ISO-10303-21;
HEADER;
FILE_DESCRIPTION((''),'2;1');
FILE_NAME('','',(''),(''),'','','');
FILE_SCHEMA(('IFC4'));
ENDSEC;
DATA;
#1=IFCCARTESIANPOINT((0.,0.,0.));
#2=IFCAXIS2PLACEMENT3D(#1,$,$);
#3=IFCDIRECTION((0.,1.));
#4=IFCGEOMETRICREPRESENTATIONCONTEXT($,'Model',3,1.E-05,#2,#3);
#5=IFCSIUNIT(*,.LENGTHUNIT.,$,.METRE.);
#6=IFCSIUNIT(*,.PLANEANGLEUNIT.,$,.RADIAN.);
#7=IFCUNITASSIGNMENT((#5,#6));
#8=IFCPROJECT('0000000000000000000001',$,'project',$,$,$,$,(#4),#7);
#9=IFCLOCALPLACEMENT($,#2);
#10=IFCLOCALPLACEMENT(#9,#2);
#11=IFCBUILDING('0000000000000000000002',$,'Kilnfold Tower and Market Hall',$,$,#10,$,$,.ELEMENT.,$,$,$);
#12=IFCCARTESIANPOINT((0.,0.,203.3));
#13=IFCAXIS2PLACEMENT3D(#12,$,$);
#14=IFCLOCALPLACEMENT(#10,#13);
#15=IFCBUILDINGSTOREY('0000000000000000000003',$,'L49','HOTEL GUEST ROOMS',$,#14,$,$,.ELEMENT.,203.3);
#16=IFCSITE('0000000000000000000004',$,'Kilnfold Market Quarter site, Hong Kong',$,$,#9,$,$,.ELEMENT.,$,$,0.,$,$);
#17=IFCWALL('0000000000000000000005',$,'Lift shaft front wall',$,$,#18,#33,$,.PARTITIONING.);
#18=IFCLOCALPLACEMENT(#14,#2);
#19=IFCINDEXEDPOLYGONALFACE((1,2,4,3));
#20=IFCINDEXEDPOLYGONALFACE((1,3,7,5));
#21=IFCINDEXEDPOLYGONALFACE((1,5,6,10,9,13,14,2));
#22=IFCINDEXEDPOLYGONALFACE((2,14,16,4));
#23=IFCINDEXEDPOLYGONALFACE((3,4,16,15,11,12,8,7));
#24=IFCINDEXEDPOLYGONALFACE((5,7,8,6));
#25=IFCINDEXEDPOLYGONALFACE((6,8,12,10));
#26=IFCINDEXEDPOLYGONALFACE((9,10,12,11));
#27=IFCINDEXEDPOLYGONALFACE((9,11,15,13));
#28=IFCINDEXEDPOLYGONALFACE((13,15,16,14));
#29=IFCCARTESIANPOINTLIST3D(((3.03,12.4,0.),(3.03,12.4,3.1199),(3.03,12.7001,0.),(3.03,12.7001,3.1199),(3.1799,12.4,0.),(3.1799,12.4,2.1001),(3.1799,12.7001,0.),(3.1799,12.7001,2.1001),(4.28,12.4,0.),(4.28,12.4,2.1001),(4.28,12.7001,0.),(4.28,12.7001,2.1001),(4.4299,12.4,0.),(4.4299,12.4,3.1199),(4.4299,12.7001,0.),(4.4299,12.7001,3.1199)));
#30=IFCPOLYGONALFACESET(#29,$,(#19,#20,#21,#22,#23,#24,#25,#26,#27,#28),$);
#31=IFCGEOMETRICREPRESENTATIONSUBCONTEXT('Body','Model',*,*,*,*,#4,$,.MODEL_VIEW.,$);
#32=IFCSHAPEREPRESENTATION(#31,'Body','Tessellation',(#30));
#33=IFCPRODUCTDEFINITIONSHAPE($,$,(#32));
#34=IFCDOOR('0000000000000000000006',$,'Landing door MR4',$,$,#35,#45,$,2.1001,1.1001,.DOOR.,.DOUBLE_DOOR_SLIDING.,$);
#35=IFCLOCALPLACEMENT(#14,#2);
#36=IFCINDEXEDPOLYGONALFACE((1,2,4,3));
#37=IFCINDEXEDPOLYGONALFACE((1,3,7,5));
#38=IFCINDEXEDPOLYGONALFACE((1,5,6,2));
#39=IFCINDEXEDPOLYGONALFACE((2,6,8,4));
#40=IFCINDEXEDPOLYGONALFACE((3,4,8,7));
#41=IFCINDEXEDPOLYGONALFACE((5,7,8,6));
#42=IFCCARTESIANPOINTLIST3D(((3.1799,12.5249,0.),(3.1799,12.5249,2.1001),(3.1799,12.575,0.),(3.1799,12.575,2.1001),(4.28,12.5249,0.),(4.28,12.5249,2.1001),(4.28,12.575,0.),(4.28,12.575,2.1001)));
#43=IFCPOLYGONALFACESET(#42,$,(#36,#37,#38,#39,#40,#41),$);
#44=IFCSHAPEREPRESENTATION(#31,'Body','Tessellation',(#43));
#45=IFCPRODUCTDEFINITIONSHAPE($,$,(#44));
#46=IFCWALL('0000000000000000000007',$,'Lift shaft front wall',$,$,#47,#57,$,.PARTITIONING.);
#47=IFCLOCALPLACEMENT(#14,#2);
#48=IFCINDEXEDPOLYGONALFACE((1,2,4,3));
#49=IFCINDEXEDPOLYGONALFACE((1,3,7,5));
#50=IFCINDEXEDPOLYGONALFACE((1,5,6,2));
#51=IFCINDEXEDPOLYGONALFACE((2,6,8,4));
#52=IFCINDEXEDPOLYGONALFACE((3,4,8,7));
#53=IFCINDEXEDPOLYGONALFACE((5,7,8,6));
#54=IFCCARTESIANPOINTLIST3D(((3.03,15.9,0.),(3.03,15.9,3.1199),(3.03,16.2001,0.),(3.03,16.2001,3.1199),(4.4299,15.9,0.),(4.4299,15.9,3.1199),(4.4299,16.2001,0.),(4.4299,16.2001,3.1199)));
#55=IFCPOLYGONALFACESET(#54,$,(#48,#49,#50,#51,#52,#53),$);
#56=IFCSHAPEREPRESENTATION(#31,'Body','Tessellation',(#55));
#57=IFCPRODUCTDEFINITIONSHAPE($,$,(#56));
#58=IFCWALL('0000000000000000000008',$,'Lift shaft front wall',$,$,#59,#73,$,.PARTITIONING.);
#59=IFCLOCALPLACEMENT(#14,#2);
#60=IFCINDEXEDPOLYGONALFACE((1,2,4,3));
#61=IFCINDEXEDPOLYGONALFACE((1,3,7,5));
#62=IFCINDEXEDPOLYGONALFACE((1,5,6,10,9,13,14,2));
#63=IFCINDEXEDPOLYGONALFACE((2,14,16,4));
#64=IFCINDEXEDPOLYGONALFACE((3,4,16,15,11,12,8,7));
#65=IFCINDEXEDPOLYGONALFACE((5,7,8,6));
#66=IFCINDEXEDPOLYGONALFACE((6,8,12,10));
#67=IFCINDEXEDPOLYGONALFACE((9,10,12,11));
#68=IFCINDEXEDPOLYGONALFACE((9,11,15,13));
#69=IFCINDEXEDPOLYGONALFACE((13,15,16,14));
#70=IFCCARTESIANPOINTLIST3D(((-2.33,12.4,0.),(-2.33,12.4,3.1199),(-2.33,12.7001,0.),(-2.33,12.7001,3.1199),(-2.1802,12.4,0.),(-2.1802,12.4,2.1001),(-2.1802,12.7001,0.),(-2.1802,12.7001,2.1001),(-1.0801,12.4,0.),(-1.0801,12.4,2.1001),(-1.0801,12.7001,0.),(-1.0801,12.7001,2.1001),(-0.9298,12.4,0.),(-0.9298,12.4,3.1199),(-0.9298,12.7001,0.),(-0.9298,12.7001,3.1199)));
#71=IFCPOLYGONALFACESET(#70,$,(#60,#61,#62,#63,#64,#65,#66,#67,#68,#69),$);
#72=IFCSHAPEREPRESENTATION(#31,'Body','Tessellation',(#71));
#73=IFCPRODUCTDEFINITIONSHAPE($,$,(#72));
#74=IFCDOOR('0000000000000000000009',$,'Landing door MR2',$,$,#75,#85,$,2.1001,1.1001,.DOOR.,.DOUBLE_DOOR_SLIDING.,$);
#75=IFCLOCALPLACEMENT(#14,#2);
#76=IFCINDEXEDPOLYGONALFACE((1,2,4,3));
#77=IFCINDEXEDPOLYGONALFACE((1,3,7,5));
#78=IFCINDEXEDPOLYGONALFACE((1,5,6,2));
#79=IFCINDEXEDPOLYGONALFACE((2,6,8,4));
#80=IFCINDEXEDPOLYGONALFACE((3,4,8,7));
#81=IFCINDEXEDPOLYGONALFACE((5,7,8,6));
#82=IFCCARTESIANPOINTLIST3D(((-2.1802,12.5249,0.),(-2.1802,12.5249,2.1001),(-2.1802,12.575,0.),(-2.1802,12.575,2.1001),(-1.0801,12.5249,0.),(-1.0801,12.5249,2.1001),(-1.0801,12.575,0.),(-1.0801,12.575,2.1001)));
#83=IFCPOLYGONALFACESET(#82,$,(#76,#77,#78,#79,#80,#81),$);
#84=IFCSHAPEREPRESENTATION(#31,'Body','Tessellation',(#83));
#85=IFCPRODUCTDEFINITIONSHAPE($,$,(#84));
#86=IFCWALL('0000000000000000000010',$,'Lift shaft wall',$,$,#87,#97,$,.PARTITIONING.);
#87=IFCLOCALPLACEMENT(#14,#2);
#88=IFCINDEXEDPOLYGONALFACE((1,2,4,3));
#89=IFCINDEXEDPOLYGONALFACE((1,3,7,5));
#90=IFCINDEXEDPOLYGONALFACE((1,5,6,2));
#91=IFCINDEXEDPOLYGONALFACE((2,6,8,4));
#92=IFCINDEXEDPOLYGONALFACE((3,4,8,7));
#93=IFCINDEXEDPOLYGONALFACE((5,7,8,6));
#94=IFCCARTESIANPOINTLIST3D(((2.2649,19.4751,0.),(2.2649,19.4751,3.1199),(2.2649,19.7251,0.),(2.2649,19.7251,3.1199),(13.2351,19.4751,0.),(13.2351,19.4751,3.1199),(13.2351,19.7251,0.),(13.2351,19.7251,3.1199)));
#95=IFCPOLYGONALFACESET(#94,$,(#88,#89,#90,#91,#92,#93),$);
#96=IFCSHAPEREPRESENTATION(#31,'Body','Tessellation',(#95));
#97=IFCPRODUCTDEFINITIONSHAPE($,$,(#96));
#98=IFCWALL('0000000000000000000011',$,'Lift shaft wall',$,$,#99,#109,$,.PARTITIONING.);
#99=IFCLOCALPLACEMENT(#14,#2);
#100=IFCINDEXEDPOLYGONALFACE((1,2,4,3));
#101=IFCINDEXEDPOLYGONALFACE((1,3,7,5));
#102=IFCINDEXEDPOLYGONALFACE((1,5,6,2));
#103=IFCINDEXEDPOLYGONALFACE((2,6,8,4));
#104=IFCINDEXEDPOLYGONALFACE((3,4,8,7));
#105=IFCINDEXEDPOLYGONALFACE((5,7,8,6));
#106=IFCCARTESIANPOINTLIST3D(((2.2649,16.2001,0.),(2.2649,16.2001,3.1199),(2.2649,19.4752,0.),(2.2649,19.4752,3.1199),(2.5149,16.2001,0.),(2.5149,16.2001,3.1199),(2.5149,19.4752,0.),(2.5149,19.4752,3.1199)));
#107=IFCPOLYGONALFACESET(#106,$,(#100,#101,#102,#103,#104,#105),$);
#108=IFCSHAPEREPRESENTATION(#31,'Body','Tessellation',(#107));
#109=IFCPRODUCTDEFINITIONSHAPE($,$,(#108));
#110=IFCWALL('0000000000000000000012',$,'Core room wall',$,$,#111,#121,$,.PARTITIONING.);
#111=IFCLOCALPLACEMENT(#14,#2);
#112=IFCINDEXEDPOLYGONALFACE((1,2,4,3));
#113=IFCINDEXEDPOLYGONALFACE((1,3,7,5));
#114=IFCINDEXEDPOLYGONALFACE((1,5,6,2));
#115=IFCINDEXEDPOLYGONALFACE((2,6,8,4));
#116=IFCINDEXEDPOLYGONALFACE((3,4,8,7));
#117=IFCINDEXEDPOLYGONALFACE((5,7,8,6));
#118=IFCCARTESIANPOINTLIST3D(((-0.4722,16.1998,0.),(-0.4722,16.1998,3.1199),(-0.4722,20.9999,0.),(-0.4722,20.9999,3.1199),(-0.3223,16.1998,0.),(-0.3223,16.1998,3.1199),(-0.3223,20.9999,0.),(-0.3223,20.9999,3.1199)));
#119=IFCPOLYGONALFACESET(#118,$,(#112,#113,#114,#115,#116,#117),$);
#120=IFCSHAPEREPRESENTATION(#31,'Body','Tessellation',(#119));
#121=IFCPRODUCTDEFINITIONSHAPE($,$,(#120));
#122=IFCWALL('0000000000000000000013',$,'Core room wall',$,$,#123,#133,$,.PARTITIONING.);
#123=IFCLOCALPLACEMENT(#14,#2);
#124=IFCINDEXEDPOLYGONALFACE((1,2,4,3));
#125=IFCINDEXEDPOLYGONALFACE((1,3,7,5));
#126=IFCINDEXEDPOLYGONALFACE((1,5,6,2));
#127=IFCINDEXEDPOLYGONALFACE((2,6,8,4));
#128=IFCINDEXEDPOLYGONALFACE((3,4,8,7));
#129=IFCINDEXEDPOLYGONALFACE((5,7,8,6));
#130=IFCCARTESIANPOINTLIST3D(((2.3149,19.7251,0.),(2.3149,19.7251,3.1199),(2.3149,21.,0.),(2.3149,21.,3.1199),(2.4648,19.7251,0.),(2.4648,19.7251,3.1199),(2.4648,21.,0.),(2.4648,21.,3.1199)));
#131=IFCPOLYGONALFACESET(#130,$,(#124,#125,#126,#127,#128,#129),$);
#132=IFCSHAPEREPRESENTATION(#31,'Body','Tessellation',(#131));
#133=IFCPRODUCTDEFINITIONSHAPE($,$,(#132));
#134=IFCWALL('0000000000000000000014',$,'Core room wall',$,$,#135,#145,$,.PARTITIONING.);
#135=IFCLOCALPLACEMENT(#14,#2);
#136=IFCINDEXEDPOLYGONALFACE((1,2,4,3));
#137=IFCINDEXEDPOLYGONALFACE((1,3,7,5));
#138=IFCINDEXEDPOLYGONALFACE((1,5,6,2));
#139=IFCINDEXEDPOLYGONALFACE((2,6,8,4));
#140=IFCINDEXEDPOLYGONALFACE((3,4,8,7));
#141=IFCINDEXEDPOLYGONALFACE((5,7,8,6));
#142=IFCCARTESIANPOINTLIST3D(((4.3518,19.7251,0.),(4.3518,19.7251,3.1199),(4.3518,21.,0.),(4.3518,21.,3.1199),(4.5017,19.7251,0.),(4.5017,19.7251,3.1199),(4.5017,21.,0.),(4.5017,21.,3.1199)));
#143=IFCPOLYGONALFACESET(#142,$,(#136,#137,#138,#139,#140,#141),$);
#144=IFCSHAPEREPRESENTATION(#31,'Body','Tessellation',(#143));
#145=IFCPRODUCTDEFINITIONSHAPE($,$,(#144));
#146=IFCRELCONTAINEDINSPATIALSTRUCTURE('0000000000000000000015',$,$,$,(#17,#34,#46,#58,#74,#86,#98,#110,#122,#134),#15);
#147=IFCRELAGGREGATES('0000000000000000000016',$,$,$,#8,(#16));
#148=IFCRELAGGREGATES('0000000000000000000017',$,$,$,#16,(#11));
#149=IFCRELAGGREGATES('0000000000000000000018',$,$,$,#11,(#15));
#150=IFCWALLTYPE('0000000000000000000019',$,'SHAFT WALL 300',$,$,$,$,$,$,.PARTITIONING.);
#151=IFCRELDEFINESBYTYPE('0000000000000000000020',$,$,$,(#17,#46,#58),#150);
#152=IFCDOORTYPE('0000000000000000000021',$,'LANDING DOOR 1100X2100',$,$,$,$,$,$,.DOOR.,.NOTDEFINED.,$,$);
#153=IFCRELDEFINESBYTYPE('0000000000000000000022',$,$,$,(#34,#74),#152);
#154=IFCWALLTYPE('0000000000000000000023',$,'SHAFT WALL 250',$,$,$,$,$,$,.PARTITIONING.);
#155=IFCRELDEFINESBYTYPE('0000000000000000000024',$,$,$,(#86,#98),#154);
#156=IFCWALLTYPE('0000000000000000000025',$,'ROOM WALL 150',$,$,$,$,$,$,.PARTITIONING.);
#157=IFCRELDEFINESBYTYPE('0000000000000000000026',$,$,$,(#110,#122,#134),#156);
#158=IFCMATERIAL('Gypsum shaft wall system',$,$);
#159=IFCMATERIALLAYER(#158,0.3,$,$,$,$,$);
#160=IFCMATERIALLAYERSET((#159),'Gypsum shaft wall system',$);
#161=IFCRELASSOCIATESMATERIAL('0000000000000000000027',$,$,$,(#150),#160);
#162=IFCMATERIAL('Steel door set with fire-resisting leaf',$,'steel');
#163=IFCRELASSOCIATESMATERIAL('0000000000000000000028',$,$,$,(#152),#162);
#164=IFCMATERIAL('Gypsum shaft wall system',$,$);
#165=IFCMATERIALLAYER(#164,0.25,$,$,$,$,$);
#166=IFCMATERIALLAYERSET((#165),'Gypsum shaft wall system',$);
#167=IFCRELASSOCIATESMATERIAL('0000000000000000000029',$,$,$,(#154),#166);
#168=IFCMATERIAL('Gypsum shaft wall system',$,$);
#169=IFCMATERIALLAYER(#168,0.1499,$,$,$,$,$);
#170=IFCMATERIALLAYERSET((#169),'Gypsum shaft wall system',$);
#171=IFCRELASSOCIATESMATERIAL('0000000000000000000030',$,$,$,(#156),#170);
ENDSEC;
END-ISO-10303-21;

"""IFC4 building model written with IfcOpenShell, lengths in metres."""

from ifc_helpers import new_model, si_unit, direction, frame, frame_2d, origin, place, context, subcontext, project, spatial, rectangle, extrude, source, transform, mapped, material, layer, layer_set, type_object, element, fill, save


model = new_model("IFC4")

# Units and contexts
model_context = context("Model", 3, precision=1e-05, world=origin(), true_north=direction((0.0, 1.0)))
body_context = subcontext(model_context, "Body", "Model", "MODEL_VIEW")
ifc_project = project(units=[si_unit("LENGTHUNIT", "METRE"), si_unit("PLANEANGLEUNIT", "RADIAN")], contexts=[model_context])

# Site, building, storey
site_placement = place(None, origin())
site = spatial("IfcSite", under=ifc_project, at=site_placement, Name="Kilnfold Market Quarter site, Hong Kong", CompositionType="ELEMENT", RefElevation=0.0)
building_placement = place(site_placement, origin())
building = spatial("IfcBuilding", under=site, at=building_placement, Name="Kilnfold Tower and Market Hall", CompositionType="ELEMENT")
storey_placement = place(building_placement, frame((0.0, 0.0, 203.3)))
storey = spatial("IfcBuildingStorey", under=building, at=storey_placement, Name="L49", Description="HOTEL GUEST ROOMS", CompositionType="ELEMENT", Elevation=203.3)

# Wall, opening, door
ifc_material_1 = material(Name="Gypsum shaft wall system")
ifc_layer_1 = layer(ifc_material_1, 0.3)
ifc_layer_set_1 = layer_set([ifc_layer_1], Name="Gypsum shaft wall system")
wall_type_1 = type_object("IfcWallType", Name="SHAFT WALL 300", PredefinedType="PARTITIONING", material=ifc_layer_set_1)
shared_shape_1 = source(origin(), body_context, "Body", "SweptSolid", [
    extrude(rectangle(XDim=1.3999, YDim=0.3, at=frame_2d((0.7, 0.0))), origin(), (0.0, 0.0, 1.0), 3.1199),
])
ifc_material_2 = material(Name="Steel door set with fire-resisting leaf", Category="steel")
door_type = type_object("IfcDoorType", Name="LANDING DOOR 1100X2100", OperationType="NOTDEFINED", PredefinedType="DOOR", material=ifc_material_2)
wall_1_placement = place(storey_placement, frame((3.03, 12.55, 0.0), z_axis=(0.0, 0.0, 1.0), x_axis=(1.0, 0.0, 0.0)))
wall_1 = element("IfcWall", 1, at=wall_1_placement, inside=storey, type_object=wall_type_1, Name="Lift shaft front wall", PredefinedType="PARTITIONING", context=body_context, shape_type="MappedRepresentation", body=[
    mapped(shared_shape_1, transform((0.0, 0.0, 0.0))),
])
opening_1_placement = place(wall_1_placement, frame((0.1499, 0.0, 0.0)))
opening_1 = element("IfcOpeningElement", 2, at=opening_1_placement, cuts=wall_1, PredefinedType="OPENING", context=body_context, shape_type="SweptSolid", body=[
    extrude(rectangle(XDim=1.1001, YDim=2.1001, at=frame_2d((0.55, 1.05))), frame((0.0, 0.1602, 0.0), z_axis=(0.0, -1.0, 0.0), x_axis=(1.0, 0.0, 0.0)), (0.0, 0.0, 1.0), 0.3201),
])
door_1_placement = place(opening_1_placement, origin())
door_1 = element("IfcDoor", 3, at=door_1_placement, inside=storey, type_object=door_type, Name="Landing door MR4", OperationType="DOUBLE_DOOR_SLIDING", OverallHeight=2.1001, OverallWidth=1.1001, PredefinedType="DOOR", context=body_context, shape_type="SweptSolid", body=[
    extrude(rectangle(XDim=1.1001, YDim=2.1001, at=frame_2d((0.55, 1.05))), frame((0.0, 0.0249, 0.0), z_axis=(0.0, -1.0, 0.0), x_axis=(1.0, 0.0, 0.0)), (0.0, 0.0, 1.0), 0.05),
])
fill(opening_1, door_1)

# Wall
wall_2_placement = place(storey_placement, frame((3.03, 16.05, 0.0), z_axis=(0.0, 0.0, 1.0), x_axis=(1.0, 0.0, 0.0)))
element("IfcWall", 4, at=wall_2_placement, inside=storey, type_object=wall_type_1, Name="Lift shaft front wall", PredefinedType="PARTITIONING", context=body_context, shape_type="MappedRepresentation", body=[
    mapped(shared_shape_1, transform((0.0, 0.0, 0.0))),
])

# Wall, opening, door
shared_shape_2 = source(origin(), body_context, "Body", "SweptSolid", [
    extrude(rectangle(XDim=1.4001, YDim=0.3, at=frame_2d((0.7002, 0.0))), origin(), (0.0, 0.0, 1.0), 3.1199),
])
wall_3_placement = place(storey_placement, frame((-2.3301, 12.55, 0.0), z_axis=(0.0, 0.0, 1.0), x_axis=(1.0, 0.0, 0.0)))
wall_3 = element("IfcWall", 5, at=wall_3_placement, inside=storey, type_object=wall_type_1, Name="Lift shaft front wall", PredefinedType="PARTITIONING", context=body_context, shape_type="MappedRepresentation", body=[
    mapped(shared_shape_2, transform((0.0, 0.0, 0.0))),
])
opening_2_placement = place(wall_3_placement, frame((0.1499, 0.0, 0.0)))
opening_2 = element("IfcOpeningElement", 6, at=opening_2_placement, cuts=wall_3, PredefinedType="OPENING", context=body_context, shape_type="SweptSolid", body=[
    extrude(rectangle(XDim=1.1001, YDim=2.1001, at=frame_2d((0.55, 1.05))), frame((0.0, 0.1602, 0.0), z_axis=(0.0, -1.0, 0.0), x_axis=(1.0, 0.0, 0.0)), (0.0, 0.0, 1.0), 0.3201),
])
door_2_placement = place(opening_2_placement, origin())
door_2 = element("IfcDoor", 7, at=door_2_placement, inside=storey, type_object=door_type, Name="Landing door MR2", OperationType="DOUBLE_DOOR_SLIDING", OverallHeight=2.1001, OverallWidth=1.1001, PredefinedType="DOOR", context=body_context, shape_type="SweptSolid", body=[
    extrude(rectangle(XDim=1.1001, YDim=2.1001, at=frame_2d((0.55, 1.05))), frame((0.0, 0.0249, 0.0), z_axis=(0.0, -1.0, 0.0), x_axis=(1.0, 0.0, 0.0)), (0.0, 0.0, 1.0), 0.05),
])
fill(opening_2, door_2)

# Walls
ifc_material_3 = material(Name="Gypsum shaft wall system")
ifc_layer_2 = layer(ifc_material_3, 0.25)
ifc_layer_set_2 = layer_set([ifc_layer_2], Name="Gypsum shaft wall system")
wall_type_2 = type_object("IfcWallType", Name="SHAFT WALL 250", PredefinedType="PARTITIONING", material=ifc_layer_set_2)
shared_shape_3 = source(origin(), body_context, "Body", "SweptSolid", [
    extrude(rectangle(XDim=10.9702, YDim=0.25, at=frame_2d((5.4851, 0.0))), origin(), (0.0, 0.0, 1.0), 3.1199),
])
wall_4_placement = place(storey_placement, frame((2.2649, 19.6001, 0.0), z_axis=(0.0, 0.0, 1.0), x_axis=(1.0, 0.0, 0.0)))
element("IfcWall", 8, at=wall_4_placement, inside=storey, type_object=wall_type_2, Name="Lift shaft wall", PredefinedType="PARTITIONING", context=body_context, shape_type="MappedRepresentation", body=[
    mapped(shared_shape_3, transform((0.0, 0.0, 0.0))),
])
shared_shape_4 = source(origin(), body_context, "Body", "SweptSolid", [
    extrude(rectangle(XDim=3.2751, YDim=0.25, at=frame_2d((1.6377, 0.0))), origin(), (0.0, 0.0, 1.0), 3.1199),
])
wall_5_placement = place(storey_placement, frame((2.3899, 16.2, 0.0), z_axis=(0.0, 0.0, 1.0), x_axis=(0.0, 1.0, 0.0)))
element("IfcWall", 9, at=wall_5_placement, inside=storey, type_object=wall_type_2, Name="Lift shaft wall", PredefinedType="PARTITIONING", context=body_context, shape_type="MappedRepresentation", body=[
    mapped(shared_shape_4, transform((0.0, 0.0, 0.0))),
])
ifc_material_4 = material(Name="Gypsum shaft wall system")
ifc_layer_3 = layer(ifc_material_4, 0.1499)
ifc_layer_set_3 = layer_set([ifc_layer_3], Name="Gypsum shaft wall system")
wall_type_3 = type_object("IfcWallType", Name="ROOM WALL 150", PredefinedType="PARTITIONING", material=ifc_layer_set_3)
shared_shape_5 = source(origin(), body_context, "Body", "SweptSolid", [
    extrude(rectangle(XDim=4.8, YDim=0.1499, at=frame_2d((2.3999, 0.0))), origin(), (0.0, 0.0, 1.0), 3.1199),
])
wall_6_placement = place(storey_placement, frame((-0.3972, 16.2, 0.0), z_axis=(0.0, 0.0, 1.0), x_axis=(0.0, 1.0, 0.0)))
element("IfcWall", 10, at=wall_6_placement, inside=storey, type_object=wall_type_3, Name="Core room wall", PredefinedType="PARTITIONING", context=body_context, shape_type="MappedRepresentation", body=[
    mapped(shared_shape_5, transform((0.0, 0.0, 0.0))),
])
shared_shape_6 = source(origin(), body_context, "Body", "SweptSolid", [
    extrude(rectangle(XDim=1.2749, YDim=0.1499, at=frame_2d((0.6375, 0.0))), origin(), (0.0, 0.0, 1.0), 3.1199),
])
for number, where, z_axis, x_axis, name in (
    (11, (2.3899, 19.7251, 0.0), (0.0, 0.0, 1.0), (0.0, 1.0, 0.0), "Core room wall"),
    (12, (4.4268, 19.7251, 0.0), (0.0, 0.0, 1.0), (0.0, 1.0, 0.0), "Core room wall"),
):
    element("IfcWall", number, at=place(storey_placement, frame(where, z_axis=z_axis, x_axis=x_axis)), inside=storey, type_object=wall_type_3, Name=name, PredefinedType="PARTITIONING", context=body_context, shape_type="MappedRepresentation", body=[
        mapped(shared_shape_6, transform((0.0, 0.0, 0.0))),
    ])

save(model, "model.ifc")
